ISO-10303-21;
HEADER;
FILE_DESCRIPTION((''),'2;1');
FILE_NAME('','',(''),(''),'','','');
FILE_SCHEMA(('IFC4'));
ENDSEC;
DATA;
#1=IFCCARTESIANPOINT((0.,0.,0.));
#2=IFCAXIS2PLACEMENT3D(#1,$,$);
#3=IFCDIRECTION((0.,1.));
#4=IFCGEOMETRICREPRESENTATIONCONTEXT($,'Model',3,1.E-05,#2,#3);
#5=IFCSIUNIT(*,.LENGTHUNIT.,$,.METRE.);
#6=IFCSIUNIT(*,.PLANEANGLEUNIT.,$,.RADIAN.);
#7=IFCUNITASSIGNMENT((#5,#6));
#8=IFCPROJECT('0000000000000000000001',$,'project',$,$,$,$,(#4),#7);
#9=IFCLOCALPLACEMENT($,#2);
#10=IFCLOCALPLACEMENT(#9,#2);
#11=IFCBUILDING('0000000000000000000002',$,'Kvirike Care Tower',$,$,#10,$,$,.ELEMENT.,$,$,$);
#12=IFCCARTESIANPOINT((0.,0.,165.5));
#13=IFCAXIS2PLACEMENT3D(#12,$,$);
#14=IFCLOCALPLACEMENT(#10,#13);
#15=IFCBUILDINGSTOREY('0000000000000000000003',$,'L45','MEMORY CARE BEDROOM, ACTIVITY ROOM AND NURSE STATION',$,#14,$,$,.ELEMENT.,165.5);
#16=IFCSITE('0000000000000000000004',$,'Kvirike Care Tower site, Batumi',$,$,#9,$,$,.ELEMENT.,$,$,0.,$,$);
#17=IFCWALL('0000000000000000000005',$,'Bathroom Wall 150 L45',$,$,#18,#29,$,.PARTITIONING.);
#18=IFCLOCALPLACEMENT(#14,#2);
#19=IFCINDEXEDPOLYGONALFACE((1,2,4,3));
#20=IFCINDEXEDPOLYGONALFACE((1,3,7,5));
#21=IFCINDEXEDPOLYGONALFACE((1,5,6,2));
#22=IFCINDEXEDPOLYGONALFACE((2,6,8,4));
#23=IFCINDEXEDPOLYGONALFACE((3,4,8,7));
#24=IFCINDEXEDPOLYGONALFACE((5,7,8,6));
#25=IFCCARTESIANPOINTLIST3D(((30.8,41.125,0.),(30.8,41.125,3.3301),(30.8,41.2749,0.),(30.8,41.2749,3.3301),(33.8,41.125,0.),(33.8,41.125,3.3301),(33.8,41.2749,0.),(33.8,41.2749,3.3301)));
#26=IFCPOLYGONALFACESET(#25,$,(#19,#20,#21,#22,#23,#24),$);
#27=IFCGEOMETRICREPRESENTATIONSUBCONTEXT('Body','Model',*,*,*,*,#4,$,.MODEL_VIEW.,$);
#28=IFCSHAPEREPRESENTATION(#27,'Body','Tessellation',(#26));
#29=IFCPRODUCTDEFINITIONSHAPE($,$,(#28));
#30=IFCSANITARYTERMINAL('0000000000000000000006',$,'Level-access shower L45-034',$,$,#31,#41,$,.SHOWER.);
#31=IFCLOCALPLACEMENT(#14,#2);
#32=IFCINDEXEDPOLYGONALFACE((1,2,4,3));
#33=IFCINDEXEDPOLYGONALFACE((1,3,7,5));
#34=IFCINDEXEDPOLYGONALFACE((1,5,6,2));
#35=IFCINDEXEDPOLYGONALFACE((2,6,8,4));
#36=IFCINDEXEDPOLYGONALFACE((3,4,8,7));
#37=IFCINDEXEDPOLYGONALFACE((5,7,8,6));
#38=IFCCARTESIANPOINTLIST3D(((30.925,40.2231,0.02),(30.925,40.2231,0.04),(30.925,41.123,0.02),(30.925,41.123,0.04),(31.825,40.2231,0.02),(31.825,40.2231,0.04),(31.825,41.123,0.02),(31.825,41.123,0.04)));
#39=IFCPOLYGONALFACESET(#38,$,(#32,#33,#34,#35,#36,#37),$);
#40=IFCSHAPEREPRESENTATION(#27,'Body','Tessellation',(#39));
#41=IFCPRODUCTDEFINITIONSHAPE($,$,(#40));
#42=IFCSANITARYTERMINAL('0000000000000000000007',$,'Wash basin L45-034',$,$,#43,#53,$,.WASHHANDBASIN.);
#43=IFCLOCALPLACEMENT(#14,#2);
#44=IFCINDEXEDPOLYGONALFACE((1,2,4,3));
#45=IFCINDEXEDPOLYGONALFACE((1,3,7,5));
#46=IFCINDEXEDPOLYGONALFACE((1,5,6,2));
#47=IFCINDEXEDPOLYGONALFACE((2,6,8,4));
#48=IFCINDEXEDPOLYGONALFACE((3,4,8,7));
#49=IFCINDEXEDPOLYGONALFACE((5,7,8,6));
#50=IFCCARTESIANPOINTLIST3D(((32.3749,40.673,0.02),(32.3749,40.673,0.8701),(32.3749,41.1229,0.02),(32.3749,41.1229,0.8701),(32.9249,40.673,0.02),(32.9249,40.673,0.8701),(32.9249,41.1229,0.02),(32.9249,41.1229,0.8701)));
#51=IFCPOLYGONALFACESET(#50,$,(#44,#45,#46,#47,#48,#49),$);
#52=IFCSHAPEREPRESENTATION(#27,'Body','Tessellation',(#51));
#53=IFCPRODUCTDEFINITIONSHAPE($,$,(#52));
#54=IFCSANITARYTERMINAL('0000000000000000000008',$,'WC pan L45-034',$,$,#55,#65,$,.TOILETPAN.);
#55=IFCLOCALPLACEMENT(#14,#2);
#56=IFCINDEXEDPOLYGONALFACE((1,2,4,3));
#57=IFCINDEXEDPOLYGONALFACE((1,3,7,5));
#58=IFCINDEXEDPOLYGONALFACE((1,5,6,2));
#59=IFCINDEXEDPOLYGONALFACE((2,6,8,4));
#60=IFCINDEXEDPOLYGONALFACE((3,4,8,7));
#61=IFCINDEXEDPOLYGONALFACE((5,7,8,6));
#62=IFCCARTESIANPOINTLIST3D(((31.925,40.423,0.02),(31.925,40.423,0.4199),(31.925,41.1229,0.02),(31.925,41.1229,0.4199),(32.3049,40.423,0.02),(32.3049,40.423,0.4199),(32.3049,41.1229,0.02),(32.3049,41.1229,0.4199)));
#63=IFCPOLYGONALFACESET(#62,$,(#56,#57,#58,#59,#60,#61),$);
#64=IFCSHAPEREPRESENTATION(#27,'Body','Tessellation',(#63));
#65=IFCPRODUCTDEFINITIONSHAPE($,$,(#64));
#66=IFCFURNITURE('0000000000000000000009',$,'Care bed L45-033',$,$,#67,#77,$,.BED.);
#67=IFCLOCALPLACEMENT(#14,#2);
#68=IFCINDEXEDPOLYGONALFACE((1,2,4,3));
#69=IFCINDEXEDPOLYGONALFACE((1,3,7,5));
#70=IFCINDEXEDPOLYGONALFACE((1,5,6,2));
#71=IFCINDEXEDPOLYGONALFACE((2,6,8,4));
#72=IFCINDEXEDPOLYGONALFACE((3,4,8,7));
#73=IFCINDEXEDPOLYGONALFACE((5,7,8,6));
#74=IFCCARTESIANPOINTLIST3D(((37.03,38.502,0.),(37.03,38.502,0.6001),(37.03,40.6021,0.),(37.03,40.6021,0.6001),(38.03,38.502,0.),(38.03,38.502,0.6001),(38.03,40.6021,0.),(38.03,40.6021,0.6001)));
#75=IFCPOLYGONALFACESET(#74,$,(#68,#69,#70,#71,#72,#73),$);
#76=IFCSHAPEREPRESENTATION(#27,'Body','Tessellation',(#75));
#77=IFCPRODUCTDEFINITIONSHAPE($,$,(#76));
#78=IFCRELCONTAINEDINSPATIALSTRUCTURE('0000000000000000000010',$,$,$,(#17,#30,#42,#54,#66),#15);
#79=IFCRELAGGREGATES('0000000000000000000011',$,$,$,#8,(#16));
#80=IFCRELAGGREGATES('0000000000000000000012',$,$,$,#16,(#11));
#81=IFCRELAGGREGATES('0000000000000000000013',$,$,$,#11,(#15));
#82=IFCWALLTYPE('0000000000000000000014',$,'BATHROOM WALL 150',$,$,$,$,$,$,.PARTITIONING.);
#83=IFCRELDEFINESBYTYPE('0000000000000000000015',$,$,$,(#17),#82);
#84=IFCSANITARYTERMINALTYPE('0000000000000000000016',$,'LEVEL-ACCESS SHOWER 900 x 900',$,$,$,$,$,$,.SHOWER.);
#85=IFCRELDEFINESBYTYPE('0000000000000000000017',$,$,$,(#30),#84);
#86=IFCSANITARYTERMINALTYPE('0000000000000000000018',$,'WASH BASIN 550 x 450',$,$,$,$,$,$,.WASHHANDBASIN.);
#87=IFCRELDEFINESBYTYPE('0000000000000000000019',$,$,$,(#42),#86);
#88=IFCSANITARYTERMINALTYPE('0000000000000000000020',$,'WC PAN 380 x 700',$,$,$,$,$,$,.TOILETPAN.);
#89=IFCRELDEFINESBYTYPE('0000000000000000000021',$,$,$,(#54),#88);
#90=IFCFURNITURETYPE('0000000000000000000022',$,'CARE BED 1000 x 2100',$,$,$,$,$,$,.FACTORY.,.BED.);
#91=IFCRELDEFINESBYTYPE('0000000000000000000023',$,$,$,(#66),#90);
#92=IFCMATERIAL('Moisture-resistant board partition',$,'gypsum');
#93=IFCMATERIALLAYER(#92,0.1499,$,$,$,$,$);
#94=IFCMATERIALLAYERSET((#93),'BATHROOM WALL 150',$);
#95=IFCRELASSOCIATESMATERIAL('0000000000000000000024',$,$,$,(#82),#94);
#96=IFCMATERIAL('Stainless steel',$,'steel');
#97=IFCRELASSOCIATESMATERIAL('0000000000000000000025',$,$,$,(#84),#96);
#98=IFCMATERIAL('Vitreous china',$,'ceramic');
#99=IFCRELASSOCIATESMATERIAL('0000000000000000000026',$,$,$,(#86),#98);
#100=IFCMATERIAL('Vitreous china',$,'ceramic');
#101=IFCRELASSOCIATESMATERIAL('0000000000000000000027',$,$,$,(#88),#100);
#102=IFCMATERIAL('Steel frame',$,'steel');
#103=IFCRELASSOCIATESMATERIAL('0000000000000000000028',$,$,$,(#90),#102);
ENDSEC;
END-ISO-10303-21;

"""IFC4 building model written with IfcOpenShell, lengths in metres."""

from ifc_helpers import new_model, si_unit, direction, frame, frame_2d, origin, origin_2d, place, context, subcontext, project, spatial, rectangle, extrude, material, layer, layer_set, type_object, element, save


model = new_model("IFC4")

# Units and contexts
model_context = context("Model", 3, precision=1e-05, world=origin(), true_north=direction((0.0, 1.0)))
body_context = subcontext(model_context, "Body", "Model", "MODEL_VIEW")
ifc_project = project(units=[si_unit("LENGTHUNIT", "METRE"), si_unit("PLANEANGLEUNIT", "RADIAN")], contexts=[model_context])

# Site, building, storey
site_placement = place(None, origin())
site = spatial("IfcSite", under=ifc_project, at=site_placement, Name="Kvirike Care Tower site, Batumi", CompositionType="ELEMENT", RefElevation=0.0)
building_placement = place(site_placement, origin())
building = spatial("IfcBuilding", under=site, at=building_placement, Name="Kvirike Care Tower", CompositionType="ELEMENT")
storey_placement = place(building_placement, frame((0.0, 0.0, 165.5)))
storey = spatial("IfcBuildingStorey", under=building, at=storey_placement, Name="L45", Description="MEMORY CARE BEDROOM, ACTIVITY ROOM AND NURSE STATION", CompositionType="ELEMENT", Elevation=165.5)

# Wall
ifc_material_1 = material(Name="Moisture-resistant board partition", Category="gypsum")
ifc_layer_1 = layer(ifc_material_1, 0.1499)
ifc_layer_set_1 = layer_set([ifc_layer_1], Name="BATHROOM WALL 150")
wall_type = type_object("IfcWallType", Name="BATHROOM WALL 150", PredefinedType="PARTITIONING", material=ifc_layer_set_1)
wall_placement = place(storey_placement, frame((33.8, 41.2, 0.0), z_axis=(0.0, 0.0, 1.0), x_axis=(-1.0, 0.0, 0.0)))
element("IfcWall", 1, at=wall_placement, inside=storey, type_object=wall_type, Name="Bathroom Wall 150 L45", PredefinedType="PARTITIONING", context=body_context, shape_type="SweptSolid", body=[
    extrude(rectangle(XDim=3.0, YDim=0.1499, at=frame_2d((1.5, 0.0))), origin(), (0.0, 0.0, 1.0), 3.3301),
])

# Sanitary terminals
ifc_material_2 = material(Name="Stainless steel", Category="steel")
sanitary_terminal_type_1 = type_object("IfcSanitaryTerminalType", Name="LEVEL-ACCESS SHOWER 900 x 900", PredefinedType="SHOWER", material=ifc_material_2)
sanitary_terminal_1_placement = place(storey_placement, frame((31.375, 40.6731, 0.02), z_axis=(0.0, 0.0, 1.0), x_axis=(1.0, 0.0, 0.0)))
element("IfcSanitaryTerminal", 2, at=sanitary_terminal_1_placement, inside=storey, type_object=sanitary_terminal_type_1, Name="Level-access shower L45-034", PredefinedType="SHOWER", context=body_context, shape_type="SweptSolid", body=[
    extrude(rectangle(XDim=0.8999, YDim=0.8999, at=origin_2d()), origin(), (0.0, 0.0, 1.0), 0.02),
])
ifc_material_3 = material(Name="Vitreous china", Category="ceramic")
sanitary_terminal_type_2 = type_object("IfcSanitaryTerminalType", Name="WASH BASIN 550 x 450", PredefinedType="WASHHANDBASIN", material=ifc_material_3)
sanitary_terminal_2_placement = place(storey_placement, frame((32.6499, 40.8979, 0.02), z_axis=(0.0, 0.0, 1.0), x_axis=(1.0, 0.0, 0.0)))
element("IfcSanitaryTerminal", 3, at=sanitary_terminal_2_placement, inside=storey, type_object=sanitary_terminal_type_2, Name="Wash basin L45-034", PredefinedType="WASHHANDBASIN", context=body_context, shape_type="SweptSolid", body=[
    extrude(rectangle(XDim=0.55, YDim=0.45, at=origin_2d()), origin(), (0.0, 0.0, 1.0), 0.8501),
])
ifc_material_4 = material(Name="Vitreous china", Category="ceramic")
sanitary_terminal_type_3 = type_object("IfcSanitaryTerminalType", Name="WC PAN 380 x 700", PredefinedType="TOILETPAN", material=ifc_material_4)
sanitary_terminal_3_placement = place(storey_placement, frame((32.115, 40.7729, 0.02), z_axis=(0.0, 0.0, 1.0), x_axis=(1.0, 0.0, 0.0)))
element("IfcSanitaryTerminal", 4, at=sanitary_terminal_3_placement, inside=storey, type_object=sanitary_terminal_type_3, Name="WC pan L45-034", PredefinedType="TOILETPAN", context=body_context, shape_type="SweptSolid", body=[
    extrude(rectangle(XDim=0.3799, YDim=0.7, at=origin_2d()), origin(), (0.0, 0.0, 1.0), 0.3999),
])

# Furniture
ifc_material_5 = material(Name="Steel frame", Category="steel")
furniture_type = type_object("IfcFurnitureType", Name="CARE BED 1000 x 2100", AssemblyPlace="FACTORY", PredefinedType="BED", material=ifc_material_5)
furniture_placement = place(storey_placement, frame((37.53, 39.552, 0.0), z_axis=(0.0, 0.0, 1.0), x_axis=(-1.0, 0.0, 0.0)))
element("IfcFurniture", 5, at=furniture_placement, inside=storey, type_object=furniture_type, Name="Care bed L45-033", PredefinedType="BED", context=body_context, shape_type="SweptSolid", body=[
    extrude(rectangle(XDim=1.0, YDim=2.1001, at=origin_2d()), origin(), (0.0, 0.0, 1.0), 0.6001),
])

save(model, "model.ifc")
